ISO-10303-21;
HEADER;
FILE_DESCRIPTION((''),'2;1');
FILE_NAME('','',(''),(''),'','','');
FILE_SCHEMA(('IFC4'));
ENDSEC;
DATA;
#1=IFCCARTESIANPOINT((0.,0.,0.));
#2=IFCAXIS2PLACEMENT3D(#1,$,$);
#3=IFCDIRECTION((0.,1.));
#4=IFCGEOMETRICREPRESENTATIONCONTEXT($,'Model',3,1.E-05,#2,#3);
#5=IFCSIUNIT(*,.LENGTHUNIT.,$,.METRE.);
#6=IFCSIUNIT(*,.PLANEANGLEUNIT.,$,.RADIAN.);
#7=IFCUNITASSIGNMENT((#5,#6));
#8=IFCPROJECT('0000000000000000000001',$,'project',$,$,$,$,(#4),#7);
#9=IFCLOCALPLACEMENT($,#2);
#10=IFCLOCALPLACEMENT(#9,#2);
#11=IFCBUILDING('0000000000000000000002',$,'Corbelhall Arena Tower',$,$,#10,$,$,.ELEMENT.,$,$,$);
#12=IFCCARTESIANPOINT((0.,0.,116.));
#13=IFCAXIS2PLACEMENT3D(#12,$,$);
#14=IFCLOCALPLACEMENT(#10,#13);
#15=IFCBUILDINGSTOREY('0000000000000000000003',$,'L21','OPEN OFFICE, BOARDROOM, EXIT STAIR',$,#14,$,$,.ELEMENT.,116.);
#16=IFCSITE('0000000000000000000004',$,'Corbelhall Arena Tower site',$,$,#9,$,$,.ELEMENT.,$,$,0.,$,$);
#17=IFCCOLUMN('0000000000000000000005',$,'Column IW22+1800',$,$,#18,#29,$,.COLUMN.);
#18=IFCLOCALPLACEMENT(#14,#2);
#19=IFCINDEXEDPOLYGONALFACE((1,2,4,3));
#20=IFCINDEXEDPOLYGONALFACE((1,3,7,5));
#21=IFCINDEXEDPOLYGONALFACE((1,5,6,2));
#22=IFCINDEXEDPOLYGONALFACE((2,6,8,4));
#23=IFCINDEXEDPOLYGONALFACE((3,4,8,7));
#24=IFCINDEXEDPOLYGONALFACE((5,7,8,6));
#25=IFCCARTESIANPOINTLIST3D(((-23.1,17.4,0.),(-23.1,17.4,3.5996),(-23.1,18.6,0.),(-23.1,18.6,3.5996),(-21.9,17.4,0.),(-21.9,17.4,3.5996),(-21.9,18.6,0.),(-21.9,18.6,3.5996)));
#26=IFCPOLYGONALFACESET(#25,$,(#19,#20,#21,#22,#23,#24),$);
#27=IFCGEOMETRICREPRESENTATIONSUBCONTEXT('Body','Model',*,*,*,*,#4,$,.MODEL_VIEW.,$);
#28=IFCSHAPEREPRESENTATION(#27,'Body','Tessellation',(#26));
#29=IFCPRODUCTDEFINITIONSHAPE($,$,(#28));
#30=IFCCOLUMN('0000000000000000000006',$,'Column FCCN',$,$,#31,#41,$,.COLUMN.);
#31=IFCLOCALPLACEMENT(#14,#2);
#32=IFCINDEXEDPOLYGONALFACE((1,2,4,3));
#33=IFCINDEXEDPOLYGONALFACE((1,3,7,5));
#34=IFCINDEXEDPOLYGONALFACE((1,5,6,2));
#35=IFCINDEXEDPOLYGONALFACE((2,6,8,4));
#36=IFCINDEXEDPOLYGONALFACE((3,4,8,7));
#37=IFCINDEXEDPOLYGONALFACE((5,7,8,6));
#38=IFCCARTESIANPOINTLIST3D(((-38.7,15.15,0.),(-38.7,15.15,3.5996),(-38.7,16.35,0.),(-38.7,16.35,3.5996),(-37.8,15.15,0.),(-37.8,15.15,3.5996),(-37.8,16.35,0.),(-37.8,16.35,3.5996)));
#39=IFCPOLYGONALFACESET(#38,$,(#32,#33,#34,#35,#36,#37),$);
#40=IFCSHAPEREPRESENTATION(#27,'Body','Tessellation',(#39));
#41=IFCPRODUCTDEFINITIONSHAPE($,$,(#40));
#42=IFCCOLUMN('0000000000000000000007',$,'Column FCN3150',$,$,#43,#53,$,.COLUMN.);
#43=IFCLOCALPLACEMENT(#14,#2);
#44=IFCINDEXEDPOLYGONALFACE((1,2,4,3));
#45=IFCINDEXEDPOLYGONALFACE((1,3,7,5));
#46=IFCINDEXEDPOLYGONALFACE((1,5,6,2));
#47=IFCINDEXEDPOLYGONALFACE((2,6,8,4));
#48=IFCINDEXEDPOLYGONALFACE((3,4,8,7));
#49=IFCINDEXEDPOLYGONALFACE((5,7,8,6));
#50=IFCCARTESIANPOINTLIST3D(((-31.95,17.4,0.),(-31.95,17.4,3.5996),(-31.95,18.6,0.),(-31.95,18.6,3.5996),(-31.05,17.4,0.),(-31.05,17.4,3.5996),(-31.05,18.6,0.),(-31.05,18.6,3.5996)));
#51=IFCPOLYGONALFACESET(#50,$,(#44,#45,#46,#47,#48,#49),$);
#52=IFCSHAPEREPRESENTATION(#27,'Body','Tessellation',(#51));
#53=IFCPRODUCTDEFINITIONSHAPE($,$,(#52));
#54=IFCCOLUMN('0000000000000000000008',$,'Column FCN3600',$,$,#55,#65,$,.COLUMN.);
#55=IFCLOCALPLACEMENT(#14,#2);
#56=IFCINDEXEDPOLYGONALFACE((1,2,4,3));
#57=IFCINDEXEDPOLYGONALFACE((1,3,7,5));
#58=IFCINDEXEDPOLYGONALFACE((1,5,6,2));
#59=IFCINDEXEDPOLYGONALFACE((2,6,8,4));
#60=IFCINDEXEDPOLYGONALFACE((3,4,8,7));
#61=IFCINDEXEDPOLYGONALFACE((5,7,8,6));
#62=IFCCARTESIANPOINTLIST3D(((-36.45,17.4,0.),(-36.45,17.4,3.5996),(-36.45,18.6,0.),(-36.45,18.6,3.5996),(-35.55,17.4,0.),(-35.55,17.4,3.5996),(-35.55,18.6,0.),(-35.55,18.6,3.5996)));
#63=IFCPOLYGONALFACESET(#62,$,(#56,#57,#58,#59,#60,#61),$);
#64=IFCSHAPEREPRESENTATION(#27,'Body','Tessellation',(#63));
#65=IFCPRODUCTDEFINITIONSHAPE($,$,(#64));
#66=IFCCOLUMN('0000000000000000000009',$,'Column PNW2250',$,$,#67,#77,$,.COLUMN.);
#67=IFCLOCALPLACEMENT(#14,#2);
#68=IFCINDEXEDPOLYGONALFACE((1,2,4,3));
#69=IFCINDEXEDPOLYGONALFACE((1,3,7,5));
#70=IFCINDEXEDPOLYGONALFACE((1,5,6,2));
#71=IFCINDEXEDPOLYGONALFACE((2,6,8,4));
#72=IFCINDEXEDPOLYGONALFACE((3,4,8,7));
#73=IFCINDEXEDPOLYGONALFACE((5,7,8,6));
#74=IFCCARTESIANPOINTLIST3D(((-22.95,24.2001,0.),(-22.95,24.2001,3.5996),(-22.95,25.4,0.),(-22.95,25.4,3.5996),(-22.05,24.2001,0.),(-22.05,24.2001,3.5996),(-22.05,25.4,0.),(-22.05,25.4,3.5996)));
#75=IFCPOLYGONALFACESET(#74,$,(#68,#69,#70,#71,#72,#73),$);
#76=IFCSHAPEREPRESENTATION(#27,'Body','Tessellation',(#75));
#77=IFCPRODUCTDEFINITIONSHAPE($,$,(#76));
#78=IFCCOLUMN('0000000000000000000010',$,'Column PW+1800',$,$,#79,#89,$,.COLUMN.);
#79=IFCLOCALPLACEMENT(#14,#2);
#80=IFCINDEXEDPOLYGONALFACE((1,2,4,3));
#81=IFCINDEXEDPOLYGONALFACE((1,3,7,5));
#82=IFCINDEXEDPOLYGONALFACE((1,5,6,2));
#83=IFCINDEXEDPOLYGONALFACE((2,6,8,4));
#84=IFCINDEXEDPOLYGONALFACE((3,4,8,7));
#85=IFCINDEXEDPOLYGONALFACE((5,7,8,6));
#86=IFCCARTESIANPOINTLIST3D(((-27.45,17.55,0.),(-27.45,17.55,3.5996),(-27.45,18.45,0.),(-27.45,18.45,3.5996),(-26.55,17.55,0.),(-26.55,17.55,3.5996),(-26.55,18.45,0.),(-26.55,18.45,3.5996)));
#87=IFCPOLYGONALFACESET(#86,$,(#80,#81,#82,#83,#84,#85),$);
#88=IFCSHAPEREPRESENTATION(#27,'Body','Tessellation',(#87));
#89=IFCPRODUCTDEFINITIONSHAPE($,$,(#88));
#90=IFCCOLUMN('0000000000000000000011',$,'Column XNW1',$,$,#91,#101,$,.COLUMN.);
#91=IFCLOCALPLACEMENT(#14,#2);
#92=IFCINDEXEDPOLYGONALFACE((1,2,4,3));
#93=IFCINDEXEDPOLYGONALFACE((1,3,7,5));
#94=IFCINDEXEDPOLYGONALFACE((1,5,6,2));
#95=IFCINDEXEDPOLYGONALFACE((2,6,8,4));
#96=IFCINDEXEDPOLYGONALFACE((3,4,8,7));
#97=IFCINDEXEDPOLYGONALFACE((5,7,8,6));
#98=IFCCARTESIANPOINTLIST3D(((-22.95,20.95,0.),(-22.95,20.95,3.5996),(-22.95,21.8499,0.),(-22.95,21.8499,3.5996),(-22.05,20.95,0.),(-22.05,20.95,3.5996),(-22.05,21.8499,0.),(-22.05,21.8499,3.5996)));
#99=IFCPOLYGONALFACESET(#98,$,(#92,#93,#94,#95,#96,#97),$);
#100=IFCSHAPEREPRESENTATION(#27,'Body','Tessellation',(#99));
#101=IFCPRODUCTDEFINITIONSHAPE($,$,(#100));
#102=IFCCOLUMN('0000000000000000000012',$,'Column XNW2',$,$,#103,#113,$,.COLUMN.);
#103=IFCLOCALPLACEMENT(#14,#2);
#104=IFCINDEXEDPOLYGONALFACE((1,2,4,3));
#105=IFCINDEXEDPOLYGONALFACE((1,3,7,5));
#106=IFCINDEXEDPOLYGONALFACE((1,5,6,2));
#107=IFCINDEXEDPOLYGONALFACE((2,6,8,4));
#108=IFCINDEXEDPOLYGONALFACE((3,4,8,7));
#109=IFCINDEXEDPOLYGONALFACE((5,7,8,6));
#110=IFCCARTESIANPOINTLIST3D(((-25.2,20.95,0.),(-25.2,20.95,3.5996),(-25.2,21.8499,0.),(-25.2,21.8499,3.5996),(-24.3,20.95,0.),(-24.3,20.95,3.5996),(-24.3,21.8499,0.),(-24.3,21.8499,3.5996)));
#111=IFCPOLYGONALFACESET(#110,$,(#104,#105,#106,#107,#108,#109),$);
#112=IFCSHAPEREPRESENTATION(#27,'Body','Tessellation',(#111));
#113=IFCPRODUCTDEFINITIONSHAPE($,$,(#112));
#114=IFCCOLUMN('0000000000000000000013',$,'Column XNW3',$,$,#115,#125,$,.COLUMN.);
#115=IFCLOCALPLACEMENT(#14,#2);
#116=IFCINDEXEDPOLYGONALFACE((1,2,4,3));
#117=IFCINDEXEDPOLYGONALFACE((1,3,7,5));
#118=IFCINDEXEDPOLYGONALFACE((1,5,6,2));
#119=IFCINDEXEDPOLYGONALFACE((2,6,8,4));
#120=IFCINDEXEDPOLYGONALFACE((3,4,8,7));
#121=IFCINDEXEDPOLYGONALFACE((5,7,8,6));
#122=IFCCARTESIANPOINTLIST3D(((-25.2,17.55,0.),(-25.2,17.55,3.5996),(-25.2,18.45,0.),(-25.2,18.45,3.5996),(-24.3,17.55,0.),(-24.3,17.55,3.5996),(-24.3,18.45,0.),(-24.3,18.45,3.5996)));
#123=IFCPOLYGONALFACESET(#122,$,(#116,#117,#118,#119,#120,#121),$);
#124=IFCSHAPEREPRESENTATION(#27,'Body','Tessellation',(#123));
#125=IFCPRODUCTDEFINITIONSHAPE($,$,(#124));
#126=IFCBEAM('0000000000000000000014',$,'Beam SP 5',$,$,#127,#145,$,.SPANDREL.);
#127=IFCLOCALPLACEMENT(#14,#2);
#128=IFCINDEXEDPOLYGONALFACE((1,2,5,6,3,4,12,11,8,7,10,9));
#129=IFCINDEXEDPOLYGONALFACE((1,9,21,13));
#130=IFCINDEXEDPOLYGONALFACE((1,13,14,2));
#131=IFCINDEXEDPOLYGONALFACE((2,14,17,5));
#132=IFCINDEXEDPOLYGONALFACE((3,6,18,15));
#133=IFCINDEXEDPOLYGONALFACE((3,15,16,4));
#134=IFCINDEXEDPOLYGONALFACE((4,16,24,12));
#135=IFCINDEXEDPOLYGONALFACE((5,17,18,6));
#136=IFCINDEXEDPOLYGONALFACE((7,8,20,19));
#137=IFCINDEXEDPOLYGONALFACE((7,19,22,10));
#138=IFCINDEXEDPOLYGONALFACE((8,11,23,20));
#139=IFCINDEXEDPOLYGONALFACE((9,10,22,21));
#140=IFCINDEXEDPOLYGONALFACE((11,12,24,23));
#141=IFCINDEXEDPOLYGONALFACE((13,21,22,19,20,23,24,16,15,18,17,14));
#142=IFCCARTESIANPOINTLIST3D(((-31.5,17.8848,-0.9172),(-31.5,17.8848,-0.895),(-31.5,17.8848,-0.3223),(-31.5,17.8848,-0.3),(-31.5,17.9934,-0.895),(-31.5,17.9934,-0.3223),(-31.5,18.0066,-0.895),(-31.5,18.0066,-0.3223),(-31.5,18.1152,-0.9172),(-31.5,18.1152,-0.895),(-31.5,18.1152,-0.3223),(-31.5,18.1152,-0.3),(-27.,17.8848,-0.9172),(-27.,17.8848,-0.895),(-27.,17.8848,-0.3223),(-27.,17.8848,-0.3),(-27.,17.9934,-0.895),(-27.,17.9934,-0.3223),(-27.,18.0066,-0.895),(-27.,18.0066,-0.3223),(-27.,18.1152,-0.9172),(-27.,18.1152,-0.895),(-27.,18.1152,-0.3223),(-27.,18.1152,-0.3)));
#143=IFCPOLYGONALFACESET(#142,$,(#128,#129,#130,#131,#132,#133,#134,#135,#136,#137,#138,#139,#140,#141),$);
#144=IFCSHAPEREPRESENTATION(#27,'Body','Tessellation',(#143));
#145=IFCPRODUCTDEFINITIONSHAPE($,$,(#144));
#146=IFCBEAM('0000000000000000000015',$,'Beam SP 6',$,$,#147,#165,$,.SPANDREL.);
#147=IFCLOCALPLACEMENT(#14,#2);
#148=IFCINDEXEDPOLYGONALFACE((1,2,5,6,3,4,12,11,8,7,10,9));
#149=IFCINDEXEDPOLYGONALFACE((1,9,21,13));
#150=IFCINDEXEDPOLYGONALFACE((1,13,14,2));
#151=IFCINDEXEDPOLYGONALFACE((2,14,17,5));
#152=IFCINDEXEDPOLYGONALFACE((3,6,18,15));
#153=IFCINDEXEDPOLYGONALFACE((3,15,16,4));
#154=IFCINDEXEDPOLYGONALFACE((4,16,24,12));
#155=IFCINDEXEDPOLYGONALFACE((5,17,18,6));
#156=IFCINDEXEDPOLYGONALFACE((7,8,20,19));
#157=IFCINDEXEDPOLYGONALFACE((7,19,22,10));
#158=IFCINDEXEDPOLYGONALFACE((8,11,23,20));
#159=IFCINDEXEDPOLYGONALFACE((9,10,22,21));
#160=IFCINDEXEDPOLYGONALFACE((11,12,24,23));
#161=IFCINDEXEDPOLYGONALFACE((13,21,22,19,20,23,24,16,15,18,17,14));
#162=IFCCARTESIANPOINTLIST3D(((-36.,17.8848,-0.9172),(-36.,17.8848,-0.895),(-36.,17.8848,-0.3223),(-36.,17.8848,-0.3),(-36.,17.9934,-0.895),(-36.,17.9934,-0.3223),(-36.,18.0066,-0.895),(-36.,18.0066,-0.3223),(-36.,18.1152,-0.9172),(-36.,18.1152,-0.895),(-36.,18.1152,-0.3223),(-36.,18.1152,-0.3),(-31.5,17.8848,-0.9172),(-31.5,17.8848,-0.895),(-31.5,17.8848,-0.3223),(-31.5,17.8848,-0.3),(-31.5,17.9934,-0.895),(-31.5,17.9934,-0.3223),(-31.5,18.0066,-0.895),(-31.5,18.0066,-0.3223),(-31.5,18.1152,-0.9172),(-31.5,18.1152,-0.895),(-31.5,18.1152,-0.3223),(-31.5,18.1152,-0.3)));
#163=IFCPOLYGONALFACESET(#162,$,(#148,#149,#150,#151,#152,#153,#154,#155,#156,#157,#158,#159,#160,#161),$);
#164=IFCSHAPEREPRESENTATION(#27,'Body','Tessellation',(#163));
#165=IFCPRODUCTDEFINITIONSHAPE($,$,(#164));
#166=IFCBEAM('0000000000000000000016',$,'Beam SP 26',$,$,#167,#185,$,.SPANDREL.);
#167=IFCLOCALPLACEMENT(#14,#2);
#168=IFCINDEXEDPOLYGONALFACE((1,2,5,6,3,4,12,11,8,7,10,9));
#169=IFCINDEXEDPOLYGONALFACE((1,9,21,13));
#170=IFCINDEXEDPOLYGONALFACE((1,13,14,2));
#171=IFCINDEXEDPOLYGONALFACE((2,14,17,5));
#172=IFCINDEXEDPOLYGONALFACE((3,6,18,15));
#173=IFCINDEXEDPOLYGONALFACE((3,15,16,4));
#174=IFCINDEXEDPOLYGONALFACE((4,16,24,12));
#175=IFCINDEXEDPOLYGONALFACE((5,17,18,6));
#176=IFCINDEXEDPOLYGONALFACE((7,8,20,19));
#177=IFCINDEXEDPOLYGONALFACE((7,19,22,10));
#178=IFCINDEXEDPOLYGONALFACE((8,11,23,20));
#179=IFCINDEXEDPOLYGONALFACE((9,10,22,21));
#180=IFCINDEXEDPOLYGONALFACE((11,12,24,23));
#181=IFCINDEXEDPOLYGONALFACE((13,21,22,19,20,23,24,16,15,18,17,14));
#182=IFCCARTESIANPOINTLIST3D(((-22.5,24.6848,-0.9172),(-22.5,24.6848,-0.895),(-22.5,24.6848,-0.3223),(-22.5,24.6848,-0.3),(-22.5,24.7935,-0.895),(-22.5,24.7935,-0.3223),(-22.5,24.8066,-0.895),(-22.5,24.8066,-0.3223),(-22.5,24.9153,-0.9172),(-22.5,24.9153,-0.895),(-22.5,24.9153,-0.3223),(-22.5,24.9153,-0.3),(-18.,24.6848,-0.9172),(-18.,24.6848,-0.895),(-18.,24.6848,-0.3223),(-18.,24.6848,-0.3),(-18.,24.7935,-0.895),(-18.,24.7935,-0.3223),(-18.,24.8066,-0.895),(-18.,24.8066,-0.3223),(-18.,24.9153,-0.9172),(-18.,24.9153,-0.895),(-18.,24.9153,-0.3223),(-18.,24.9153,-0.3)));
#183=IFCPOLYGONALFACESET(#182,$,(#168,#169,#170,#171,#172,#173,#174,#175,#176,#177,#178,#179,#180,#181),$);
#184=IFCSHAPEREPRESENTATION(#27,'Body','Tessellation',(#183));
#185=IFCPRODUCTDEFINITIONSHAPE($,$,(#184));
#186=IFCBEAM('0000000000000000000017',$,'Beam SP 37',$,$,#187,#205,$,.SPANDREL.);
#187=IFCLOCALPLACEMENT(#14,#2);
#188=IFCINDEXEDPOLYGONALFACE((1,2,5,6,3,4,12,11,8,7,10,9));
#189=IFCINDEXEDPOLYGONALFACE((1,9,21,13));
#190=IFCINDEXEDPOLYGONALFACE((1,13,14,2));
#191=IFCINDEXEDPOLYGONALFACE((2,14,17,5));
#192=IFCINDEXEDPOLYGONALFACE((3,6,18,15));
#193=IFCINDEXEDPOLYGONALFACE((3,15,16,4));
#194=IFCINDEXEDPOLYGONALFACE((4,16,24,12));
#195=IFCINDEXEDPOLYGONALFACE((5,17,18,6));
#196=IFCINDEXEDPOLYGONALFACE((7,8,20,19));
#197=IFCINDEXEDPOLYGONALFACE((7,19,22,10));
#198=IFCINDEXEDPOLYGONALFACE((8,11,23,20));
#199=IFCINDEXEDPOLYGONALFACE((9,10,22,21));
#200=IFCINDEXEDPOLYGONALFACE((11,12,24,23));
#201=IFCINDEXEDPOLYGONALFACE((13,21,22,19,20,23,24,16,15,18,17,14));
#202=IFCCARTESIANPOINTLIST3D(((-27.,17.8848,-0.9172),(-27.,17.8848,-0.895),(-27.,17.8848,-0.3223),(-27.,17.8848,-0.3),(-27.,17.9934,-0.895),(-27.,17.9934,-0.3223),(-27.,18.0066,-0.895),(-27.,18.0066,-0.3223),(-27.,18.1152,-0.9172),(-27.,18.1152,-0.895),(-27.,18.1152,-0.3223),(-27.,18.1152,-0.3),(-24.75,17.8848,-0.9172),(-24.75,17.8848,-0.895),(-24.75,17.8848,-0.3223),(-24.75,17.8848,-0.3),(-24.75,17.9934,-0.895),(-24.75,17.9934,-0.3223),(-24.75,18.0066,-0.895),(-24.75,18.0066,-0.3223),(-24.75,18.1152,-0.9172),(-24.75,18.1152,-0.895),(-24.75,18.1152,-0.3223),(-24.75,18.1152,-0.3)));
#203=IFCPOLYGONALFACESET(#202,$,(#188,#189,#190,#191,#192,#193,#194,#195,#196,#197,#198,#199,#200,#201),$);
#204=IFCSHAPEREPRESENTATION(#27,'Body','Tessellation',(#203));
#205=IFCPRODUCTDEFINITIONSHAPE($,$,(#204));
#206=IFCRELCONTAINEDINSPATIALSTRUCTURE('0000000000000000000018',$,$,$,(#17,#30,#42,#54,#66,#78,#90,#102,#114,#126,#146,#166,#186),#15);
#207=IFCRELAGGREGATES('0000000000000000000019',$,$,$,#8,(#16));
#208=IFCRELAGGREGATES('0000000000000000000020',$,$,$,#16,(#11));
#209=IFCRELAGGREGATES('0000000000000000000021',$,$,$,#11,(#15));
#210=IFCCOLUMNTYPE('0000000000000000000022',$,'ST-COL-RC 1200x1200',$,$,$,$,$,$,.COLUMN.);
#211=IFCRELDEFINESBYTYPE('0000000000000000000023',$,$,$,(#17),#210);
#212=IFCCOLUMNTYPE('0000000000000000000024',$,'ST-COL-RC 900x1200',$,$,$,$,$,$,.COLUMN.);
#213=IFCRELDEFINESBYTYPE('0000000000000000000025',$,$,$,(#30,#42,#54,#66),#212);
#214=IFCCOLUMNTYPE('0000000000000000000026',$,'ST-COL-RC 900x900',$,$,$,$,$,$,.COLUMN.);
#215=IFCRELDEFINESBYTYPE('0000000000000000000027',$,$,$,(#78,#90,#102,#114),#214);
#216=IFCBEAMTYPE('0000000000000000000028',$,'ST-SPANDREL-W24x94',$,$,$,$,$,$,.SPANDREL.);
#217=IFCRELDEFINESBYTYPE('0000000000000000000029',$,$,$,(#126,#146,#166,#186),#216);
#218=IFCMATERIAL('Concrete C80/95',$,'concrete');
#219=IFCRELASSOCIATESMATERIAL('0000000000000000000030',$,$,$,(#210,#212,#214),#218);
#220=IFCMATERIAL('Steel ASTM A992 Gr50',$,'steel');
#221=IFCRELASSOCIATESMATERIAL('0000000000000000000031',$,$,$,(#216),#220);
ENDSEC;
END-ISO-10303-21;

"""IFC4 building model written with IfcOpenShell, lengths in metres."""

from ifc_helpers import new_model, si_unit, direction, frame, origin, origin_2d, place, context, subcontext, project, spatial, rectangle, i_section, extrude, material, material_profile, profile_set, type_object, element, save


model = new_model("IFC4")

# Units and contexts
model_context = context("Model", 3, precision=1e-05, world=origin(), true_north=direction((0.0, 1.0)))
body_context = subcontext(model_context, "Body", "Model", "MODEL_VIEW")
ifc_project = project(units=[si_unit("LENGTHUNIT", "METRE"), si_unit("PLANEANGLEUNIT", "RADIAN")], contexts=[model_context])

# Site, building, storey
site_placement = place(None, origin())
site = spatial("IfcSite", under=ifc_project, at=site_placement, Name="Corbelhall Arena Tower site", CompositionType="ELEMENT", RefElevation=0.0)
building_placement = place(site_placement, origin())
building = spatial("IfcBuilding", under=site, at=building_placement, Name="Corbelhall Arena Tower", CompositionType="ELEMENT")
storey_placement = place(building_placement, frame((0.0, 0.0, 116.0)))
storey = spatial("IfcBuildingStorey", under=building, at=storey_placement, Name="L21", Description="OPEN OFFICE, BOARDROOM, EXIT STAIR", CompositionType="ELEMENT", Elevation=116.0)

# Columns
ifc_material_1 = material(Name="Concrete C80/95", Category="concrete")
ifc_material_profile_1 = material_profile(ifc_material_1, rectangle(XDim=1.2, YDim=1.2, at=origin_2d()))
ifc_profile_set_1 = profile_set([ifc_material_profile_1], Name="Concrete C80/95")
column_type_1 = type_object("IfcColumnType", Name="ST-COL-RC 1200x1200", PredefinedType="COLUMN", material=ifc_profile_set_1)
column_placement = place(storey_placement, frame((-22.5, 18.0, 0.0), z_axis=(0.0, 0.0, 1.0), x_axis=(1.0, 0.0, 0.0)))
element("IfcColumn", 1, at=column_placement, inside=storey, type_object=column_type_1, Name="Column IW22+1800", PredefinedType="COLUMN", context=body_context, shape_type="SweptSolid", body=[
    extrude(rectangle(XDim=1.2, YDim=1.2, at=origin_2d()), origin(), (0.0, 0.0, 1.0), 3.5996),
])
ifc_material_profile_2 = material_profile(ifc_material_1, rectangle(XDim=0.8999, YDim=1.2, at=origin_2d()))
ifc_profile_set_2 = profile_set([ifc_material_profile_2], Name="Concrete C80/95")
column_type_2 = type_object("IfcColumnType", Name="ST-COL-RC 900x1200", PredefinedType="COLUMN", material=ifc_profile_set_2)
for number, where, z_axis, x_axis, name in (
    (2, (-38.25, 15.75, 0.0), (0.0, 0.0, 1.0), (1.0, 0.0, 0.0), "Column FCCN"),
    (3, (-31.5, 18.0, 0.0), (0.0, 0.0, 1.0), (1.0, 0.0, 0.0), "Column FCN3150"),
    (4, (-36.0, 18.0, 0.0), (0.0, 0.0, 1.0), (1.0, 0.0, 0.0), "Column FCN3600"),
    (5, (-22.5, 24.8, 0.0), (0.0, 0.0, 1.0), (1.0, 0.0, 0.0), "Column PNW2250"),
):
    element("IfcColumn", number, at=place(storey_placement, frame(where, z_axis=z_axis, x_axis=x_axis)), inside=storey, type_object=column_type_2, Name=name, PredefinedType="COLUMN", context=body_context, shape_type="SweptSolid", body=[
        extrude(rectangle(XDim=0.8999, YDim=1.2, at=origin_2d()), origin(), (0.0, 0.0, 1.0), 3.5996),
    ])
ifc_material_profile_3 = material_profile(ifc_material_1, rectangle(XDim=0.8999, YDim=0.8999, at=origin_2d()))
ifc_profile_set_3 = profile_set([ifc_material_profile_3], Name="Concrete C80/95")
column_type_3 = type_object("IfcColumnType", Name="ST-COL-RC 900x900", PredefinedType="COLUMN", material=ifc_profile_set_3)
for number, where, z_axis, x_axis, name in (
    (6, (-27.0, 18.0, 0.0), (0.0, 0.0, 1.0), (1.0, 0.0, 0.0), "Column PW+1800"),
    (7, (-22.5, 21.3999, 0.0), (0.0, 0.0, 1.0), (1.0, 0.0, 0.0), "Column XNW1"),
    (8, (-24.75, 21.3999, 0.0), (0.0, 0.0, 1.0), (1.0, 0.0, 0.0), "Column XNW2"),
    (9, (-24.75, 18.0, 0.0), (0.0, 0.0, 1.0), (1.0, 0.0, 0.0), "Column XNW3"),
):
    element("IfcColumn", number, at=place(storey_placement, frame(where, z_axis=z_axis, x_axis=x_axis)), inside=storey, type_object=column_type_3, Name=name, PredefinedType="COLUMN", context=body_context, shape_type="SweptSolid", body=[
        extrude(rectangle(XDim=0.8999, YDim=0.8999, at=origin_2d()), origin(), (0.0, 0.0, 1.0), 3.5996),
    ])

# Beams
ifc_material_2 = material(Name="Steel ASTM A992 Gr50", Category="steel")
ifc_material_profile_4 = material_profile(ifc_material_2, i_section(OverallWidth=0.2305, OverallDepth=0.6172, WebThickness=0.0132, FlangeThickness=0.0222, at=origin_2d()))
ifc_profile_set_4 = profile_set([ifc_material_profile_4], Name="Steel ASTM A992 Gr50")
beam_type = type_object("IfcBeamType", Name="ST-SPANDREL-W24x94", PredefinedType="SPANDREL", material=ifc_profile_set_4)
for number, where, z_axis, x_axis, name in (
    (10, (-31.5, 18.0, -0.6086), (1.0, 0.0, 0.0), (0.0, 1.0, 0.0), "Beam SP 5"),
    (11, (-36.0, 18.0, -0.6086), (1.0, 0.0, 0.0), (0.0, 1.0, 0.0), "Beam SP 6"),
    (12, (-22.5, 24.8, -0.6086), (1.0, 0.0, 0.0), (0.0, 1.0, 0.0), "Beam SP 26"),
):
    element("IfcBeam", number, at=place(storey_placement, frame(where, z_axis=z_axis, x_axis=x_axis)), inside=storey, type_object=beam_type, Name=name, PredefinedType="SPANDREL", context=body_context, shape_type="SweptSolid", body=[
        extrude(i_section(OverallWidth=0.2305, OverallDepth=0.6172, WebThickness=0.0132, FlangeThickness=0.0222, at=origin_2d()), origin(), (0.0, 0.0, 1.0), 4.5),
    ])
beam_1_placement = place(storey_placement, frame((-27.0, 18.0, -0.6086), z_axis=(1.0, 0.0, 0.0), x_axis=(0.0, 1.0, 0.0)))
element("IfcBeam", 13, at=beam_1_placement, inside=storey, type_object=beam_type, Name="Beam SP 37", PredefinedType="SPANDREL", context=body_context, shape_type="SweptSolid", body=[
    extrude(i_section(OverallWidth=0.2305, OverallDepth=0.6172, WebThickness=0.0132, FlangeThickness=0.0222, at=origin_2d()), origin(), (0.0, 0.0, 1.0), 2.25),
])

save(model, "model.ifc")
